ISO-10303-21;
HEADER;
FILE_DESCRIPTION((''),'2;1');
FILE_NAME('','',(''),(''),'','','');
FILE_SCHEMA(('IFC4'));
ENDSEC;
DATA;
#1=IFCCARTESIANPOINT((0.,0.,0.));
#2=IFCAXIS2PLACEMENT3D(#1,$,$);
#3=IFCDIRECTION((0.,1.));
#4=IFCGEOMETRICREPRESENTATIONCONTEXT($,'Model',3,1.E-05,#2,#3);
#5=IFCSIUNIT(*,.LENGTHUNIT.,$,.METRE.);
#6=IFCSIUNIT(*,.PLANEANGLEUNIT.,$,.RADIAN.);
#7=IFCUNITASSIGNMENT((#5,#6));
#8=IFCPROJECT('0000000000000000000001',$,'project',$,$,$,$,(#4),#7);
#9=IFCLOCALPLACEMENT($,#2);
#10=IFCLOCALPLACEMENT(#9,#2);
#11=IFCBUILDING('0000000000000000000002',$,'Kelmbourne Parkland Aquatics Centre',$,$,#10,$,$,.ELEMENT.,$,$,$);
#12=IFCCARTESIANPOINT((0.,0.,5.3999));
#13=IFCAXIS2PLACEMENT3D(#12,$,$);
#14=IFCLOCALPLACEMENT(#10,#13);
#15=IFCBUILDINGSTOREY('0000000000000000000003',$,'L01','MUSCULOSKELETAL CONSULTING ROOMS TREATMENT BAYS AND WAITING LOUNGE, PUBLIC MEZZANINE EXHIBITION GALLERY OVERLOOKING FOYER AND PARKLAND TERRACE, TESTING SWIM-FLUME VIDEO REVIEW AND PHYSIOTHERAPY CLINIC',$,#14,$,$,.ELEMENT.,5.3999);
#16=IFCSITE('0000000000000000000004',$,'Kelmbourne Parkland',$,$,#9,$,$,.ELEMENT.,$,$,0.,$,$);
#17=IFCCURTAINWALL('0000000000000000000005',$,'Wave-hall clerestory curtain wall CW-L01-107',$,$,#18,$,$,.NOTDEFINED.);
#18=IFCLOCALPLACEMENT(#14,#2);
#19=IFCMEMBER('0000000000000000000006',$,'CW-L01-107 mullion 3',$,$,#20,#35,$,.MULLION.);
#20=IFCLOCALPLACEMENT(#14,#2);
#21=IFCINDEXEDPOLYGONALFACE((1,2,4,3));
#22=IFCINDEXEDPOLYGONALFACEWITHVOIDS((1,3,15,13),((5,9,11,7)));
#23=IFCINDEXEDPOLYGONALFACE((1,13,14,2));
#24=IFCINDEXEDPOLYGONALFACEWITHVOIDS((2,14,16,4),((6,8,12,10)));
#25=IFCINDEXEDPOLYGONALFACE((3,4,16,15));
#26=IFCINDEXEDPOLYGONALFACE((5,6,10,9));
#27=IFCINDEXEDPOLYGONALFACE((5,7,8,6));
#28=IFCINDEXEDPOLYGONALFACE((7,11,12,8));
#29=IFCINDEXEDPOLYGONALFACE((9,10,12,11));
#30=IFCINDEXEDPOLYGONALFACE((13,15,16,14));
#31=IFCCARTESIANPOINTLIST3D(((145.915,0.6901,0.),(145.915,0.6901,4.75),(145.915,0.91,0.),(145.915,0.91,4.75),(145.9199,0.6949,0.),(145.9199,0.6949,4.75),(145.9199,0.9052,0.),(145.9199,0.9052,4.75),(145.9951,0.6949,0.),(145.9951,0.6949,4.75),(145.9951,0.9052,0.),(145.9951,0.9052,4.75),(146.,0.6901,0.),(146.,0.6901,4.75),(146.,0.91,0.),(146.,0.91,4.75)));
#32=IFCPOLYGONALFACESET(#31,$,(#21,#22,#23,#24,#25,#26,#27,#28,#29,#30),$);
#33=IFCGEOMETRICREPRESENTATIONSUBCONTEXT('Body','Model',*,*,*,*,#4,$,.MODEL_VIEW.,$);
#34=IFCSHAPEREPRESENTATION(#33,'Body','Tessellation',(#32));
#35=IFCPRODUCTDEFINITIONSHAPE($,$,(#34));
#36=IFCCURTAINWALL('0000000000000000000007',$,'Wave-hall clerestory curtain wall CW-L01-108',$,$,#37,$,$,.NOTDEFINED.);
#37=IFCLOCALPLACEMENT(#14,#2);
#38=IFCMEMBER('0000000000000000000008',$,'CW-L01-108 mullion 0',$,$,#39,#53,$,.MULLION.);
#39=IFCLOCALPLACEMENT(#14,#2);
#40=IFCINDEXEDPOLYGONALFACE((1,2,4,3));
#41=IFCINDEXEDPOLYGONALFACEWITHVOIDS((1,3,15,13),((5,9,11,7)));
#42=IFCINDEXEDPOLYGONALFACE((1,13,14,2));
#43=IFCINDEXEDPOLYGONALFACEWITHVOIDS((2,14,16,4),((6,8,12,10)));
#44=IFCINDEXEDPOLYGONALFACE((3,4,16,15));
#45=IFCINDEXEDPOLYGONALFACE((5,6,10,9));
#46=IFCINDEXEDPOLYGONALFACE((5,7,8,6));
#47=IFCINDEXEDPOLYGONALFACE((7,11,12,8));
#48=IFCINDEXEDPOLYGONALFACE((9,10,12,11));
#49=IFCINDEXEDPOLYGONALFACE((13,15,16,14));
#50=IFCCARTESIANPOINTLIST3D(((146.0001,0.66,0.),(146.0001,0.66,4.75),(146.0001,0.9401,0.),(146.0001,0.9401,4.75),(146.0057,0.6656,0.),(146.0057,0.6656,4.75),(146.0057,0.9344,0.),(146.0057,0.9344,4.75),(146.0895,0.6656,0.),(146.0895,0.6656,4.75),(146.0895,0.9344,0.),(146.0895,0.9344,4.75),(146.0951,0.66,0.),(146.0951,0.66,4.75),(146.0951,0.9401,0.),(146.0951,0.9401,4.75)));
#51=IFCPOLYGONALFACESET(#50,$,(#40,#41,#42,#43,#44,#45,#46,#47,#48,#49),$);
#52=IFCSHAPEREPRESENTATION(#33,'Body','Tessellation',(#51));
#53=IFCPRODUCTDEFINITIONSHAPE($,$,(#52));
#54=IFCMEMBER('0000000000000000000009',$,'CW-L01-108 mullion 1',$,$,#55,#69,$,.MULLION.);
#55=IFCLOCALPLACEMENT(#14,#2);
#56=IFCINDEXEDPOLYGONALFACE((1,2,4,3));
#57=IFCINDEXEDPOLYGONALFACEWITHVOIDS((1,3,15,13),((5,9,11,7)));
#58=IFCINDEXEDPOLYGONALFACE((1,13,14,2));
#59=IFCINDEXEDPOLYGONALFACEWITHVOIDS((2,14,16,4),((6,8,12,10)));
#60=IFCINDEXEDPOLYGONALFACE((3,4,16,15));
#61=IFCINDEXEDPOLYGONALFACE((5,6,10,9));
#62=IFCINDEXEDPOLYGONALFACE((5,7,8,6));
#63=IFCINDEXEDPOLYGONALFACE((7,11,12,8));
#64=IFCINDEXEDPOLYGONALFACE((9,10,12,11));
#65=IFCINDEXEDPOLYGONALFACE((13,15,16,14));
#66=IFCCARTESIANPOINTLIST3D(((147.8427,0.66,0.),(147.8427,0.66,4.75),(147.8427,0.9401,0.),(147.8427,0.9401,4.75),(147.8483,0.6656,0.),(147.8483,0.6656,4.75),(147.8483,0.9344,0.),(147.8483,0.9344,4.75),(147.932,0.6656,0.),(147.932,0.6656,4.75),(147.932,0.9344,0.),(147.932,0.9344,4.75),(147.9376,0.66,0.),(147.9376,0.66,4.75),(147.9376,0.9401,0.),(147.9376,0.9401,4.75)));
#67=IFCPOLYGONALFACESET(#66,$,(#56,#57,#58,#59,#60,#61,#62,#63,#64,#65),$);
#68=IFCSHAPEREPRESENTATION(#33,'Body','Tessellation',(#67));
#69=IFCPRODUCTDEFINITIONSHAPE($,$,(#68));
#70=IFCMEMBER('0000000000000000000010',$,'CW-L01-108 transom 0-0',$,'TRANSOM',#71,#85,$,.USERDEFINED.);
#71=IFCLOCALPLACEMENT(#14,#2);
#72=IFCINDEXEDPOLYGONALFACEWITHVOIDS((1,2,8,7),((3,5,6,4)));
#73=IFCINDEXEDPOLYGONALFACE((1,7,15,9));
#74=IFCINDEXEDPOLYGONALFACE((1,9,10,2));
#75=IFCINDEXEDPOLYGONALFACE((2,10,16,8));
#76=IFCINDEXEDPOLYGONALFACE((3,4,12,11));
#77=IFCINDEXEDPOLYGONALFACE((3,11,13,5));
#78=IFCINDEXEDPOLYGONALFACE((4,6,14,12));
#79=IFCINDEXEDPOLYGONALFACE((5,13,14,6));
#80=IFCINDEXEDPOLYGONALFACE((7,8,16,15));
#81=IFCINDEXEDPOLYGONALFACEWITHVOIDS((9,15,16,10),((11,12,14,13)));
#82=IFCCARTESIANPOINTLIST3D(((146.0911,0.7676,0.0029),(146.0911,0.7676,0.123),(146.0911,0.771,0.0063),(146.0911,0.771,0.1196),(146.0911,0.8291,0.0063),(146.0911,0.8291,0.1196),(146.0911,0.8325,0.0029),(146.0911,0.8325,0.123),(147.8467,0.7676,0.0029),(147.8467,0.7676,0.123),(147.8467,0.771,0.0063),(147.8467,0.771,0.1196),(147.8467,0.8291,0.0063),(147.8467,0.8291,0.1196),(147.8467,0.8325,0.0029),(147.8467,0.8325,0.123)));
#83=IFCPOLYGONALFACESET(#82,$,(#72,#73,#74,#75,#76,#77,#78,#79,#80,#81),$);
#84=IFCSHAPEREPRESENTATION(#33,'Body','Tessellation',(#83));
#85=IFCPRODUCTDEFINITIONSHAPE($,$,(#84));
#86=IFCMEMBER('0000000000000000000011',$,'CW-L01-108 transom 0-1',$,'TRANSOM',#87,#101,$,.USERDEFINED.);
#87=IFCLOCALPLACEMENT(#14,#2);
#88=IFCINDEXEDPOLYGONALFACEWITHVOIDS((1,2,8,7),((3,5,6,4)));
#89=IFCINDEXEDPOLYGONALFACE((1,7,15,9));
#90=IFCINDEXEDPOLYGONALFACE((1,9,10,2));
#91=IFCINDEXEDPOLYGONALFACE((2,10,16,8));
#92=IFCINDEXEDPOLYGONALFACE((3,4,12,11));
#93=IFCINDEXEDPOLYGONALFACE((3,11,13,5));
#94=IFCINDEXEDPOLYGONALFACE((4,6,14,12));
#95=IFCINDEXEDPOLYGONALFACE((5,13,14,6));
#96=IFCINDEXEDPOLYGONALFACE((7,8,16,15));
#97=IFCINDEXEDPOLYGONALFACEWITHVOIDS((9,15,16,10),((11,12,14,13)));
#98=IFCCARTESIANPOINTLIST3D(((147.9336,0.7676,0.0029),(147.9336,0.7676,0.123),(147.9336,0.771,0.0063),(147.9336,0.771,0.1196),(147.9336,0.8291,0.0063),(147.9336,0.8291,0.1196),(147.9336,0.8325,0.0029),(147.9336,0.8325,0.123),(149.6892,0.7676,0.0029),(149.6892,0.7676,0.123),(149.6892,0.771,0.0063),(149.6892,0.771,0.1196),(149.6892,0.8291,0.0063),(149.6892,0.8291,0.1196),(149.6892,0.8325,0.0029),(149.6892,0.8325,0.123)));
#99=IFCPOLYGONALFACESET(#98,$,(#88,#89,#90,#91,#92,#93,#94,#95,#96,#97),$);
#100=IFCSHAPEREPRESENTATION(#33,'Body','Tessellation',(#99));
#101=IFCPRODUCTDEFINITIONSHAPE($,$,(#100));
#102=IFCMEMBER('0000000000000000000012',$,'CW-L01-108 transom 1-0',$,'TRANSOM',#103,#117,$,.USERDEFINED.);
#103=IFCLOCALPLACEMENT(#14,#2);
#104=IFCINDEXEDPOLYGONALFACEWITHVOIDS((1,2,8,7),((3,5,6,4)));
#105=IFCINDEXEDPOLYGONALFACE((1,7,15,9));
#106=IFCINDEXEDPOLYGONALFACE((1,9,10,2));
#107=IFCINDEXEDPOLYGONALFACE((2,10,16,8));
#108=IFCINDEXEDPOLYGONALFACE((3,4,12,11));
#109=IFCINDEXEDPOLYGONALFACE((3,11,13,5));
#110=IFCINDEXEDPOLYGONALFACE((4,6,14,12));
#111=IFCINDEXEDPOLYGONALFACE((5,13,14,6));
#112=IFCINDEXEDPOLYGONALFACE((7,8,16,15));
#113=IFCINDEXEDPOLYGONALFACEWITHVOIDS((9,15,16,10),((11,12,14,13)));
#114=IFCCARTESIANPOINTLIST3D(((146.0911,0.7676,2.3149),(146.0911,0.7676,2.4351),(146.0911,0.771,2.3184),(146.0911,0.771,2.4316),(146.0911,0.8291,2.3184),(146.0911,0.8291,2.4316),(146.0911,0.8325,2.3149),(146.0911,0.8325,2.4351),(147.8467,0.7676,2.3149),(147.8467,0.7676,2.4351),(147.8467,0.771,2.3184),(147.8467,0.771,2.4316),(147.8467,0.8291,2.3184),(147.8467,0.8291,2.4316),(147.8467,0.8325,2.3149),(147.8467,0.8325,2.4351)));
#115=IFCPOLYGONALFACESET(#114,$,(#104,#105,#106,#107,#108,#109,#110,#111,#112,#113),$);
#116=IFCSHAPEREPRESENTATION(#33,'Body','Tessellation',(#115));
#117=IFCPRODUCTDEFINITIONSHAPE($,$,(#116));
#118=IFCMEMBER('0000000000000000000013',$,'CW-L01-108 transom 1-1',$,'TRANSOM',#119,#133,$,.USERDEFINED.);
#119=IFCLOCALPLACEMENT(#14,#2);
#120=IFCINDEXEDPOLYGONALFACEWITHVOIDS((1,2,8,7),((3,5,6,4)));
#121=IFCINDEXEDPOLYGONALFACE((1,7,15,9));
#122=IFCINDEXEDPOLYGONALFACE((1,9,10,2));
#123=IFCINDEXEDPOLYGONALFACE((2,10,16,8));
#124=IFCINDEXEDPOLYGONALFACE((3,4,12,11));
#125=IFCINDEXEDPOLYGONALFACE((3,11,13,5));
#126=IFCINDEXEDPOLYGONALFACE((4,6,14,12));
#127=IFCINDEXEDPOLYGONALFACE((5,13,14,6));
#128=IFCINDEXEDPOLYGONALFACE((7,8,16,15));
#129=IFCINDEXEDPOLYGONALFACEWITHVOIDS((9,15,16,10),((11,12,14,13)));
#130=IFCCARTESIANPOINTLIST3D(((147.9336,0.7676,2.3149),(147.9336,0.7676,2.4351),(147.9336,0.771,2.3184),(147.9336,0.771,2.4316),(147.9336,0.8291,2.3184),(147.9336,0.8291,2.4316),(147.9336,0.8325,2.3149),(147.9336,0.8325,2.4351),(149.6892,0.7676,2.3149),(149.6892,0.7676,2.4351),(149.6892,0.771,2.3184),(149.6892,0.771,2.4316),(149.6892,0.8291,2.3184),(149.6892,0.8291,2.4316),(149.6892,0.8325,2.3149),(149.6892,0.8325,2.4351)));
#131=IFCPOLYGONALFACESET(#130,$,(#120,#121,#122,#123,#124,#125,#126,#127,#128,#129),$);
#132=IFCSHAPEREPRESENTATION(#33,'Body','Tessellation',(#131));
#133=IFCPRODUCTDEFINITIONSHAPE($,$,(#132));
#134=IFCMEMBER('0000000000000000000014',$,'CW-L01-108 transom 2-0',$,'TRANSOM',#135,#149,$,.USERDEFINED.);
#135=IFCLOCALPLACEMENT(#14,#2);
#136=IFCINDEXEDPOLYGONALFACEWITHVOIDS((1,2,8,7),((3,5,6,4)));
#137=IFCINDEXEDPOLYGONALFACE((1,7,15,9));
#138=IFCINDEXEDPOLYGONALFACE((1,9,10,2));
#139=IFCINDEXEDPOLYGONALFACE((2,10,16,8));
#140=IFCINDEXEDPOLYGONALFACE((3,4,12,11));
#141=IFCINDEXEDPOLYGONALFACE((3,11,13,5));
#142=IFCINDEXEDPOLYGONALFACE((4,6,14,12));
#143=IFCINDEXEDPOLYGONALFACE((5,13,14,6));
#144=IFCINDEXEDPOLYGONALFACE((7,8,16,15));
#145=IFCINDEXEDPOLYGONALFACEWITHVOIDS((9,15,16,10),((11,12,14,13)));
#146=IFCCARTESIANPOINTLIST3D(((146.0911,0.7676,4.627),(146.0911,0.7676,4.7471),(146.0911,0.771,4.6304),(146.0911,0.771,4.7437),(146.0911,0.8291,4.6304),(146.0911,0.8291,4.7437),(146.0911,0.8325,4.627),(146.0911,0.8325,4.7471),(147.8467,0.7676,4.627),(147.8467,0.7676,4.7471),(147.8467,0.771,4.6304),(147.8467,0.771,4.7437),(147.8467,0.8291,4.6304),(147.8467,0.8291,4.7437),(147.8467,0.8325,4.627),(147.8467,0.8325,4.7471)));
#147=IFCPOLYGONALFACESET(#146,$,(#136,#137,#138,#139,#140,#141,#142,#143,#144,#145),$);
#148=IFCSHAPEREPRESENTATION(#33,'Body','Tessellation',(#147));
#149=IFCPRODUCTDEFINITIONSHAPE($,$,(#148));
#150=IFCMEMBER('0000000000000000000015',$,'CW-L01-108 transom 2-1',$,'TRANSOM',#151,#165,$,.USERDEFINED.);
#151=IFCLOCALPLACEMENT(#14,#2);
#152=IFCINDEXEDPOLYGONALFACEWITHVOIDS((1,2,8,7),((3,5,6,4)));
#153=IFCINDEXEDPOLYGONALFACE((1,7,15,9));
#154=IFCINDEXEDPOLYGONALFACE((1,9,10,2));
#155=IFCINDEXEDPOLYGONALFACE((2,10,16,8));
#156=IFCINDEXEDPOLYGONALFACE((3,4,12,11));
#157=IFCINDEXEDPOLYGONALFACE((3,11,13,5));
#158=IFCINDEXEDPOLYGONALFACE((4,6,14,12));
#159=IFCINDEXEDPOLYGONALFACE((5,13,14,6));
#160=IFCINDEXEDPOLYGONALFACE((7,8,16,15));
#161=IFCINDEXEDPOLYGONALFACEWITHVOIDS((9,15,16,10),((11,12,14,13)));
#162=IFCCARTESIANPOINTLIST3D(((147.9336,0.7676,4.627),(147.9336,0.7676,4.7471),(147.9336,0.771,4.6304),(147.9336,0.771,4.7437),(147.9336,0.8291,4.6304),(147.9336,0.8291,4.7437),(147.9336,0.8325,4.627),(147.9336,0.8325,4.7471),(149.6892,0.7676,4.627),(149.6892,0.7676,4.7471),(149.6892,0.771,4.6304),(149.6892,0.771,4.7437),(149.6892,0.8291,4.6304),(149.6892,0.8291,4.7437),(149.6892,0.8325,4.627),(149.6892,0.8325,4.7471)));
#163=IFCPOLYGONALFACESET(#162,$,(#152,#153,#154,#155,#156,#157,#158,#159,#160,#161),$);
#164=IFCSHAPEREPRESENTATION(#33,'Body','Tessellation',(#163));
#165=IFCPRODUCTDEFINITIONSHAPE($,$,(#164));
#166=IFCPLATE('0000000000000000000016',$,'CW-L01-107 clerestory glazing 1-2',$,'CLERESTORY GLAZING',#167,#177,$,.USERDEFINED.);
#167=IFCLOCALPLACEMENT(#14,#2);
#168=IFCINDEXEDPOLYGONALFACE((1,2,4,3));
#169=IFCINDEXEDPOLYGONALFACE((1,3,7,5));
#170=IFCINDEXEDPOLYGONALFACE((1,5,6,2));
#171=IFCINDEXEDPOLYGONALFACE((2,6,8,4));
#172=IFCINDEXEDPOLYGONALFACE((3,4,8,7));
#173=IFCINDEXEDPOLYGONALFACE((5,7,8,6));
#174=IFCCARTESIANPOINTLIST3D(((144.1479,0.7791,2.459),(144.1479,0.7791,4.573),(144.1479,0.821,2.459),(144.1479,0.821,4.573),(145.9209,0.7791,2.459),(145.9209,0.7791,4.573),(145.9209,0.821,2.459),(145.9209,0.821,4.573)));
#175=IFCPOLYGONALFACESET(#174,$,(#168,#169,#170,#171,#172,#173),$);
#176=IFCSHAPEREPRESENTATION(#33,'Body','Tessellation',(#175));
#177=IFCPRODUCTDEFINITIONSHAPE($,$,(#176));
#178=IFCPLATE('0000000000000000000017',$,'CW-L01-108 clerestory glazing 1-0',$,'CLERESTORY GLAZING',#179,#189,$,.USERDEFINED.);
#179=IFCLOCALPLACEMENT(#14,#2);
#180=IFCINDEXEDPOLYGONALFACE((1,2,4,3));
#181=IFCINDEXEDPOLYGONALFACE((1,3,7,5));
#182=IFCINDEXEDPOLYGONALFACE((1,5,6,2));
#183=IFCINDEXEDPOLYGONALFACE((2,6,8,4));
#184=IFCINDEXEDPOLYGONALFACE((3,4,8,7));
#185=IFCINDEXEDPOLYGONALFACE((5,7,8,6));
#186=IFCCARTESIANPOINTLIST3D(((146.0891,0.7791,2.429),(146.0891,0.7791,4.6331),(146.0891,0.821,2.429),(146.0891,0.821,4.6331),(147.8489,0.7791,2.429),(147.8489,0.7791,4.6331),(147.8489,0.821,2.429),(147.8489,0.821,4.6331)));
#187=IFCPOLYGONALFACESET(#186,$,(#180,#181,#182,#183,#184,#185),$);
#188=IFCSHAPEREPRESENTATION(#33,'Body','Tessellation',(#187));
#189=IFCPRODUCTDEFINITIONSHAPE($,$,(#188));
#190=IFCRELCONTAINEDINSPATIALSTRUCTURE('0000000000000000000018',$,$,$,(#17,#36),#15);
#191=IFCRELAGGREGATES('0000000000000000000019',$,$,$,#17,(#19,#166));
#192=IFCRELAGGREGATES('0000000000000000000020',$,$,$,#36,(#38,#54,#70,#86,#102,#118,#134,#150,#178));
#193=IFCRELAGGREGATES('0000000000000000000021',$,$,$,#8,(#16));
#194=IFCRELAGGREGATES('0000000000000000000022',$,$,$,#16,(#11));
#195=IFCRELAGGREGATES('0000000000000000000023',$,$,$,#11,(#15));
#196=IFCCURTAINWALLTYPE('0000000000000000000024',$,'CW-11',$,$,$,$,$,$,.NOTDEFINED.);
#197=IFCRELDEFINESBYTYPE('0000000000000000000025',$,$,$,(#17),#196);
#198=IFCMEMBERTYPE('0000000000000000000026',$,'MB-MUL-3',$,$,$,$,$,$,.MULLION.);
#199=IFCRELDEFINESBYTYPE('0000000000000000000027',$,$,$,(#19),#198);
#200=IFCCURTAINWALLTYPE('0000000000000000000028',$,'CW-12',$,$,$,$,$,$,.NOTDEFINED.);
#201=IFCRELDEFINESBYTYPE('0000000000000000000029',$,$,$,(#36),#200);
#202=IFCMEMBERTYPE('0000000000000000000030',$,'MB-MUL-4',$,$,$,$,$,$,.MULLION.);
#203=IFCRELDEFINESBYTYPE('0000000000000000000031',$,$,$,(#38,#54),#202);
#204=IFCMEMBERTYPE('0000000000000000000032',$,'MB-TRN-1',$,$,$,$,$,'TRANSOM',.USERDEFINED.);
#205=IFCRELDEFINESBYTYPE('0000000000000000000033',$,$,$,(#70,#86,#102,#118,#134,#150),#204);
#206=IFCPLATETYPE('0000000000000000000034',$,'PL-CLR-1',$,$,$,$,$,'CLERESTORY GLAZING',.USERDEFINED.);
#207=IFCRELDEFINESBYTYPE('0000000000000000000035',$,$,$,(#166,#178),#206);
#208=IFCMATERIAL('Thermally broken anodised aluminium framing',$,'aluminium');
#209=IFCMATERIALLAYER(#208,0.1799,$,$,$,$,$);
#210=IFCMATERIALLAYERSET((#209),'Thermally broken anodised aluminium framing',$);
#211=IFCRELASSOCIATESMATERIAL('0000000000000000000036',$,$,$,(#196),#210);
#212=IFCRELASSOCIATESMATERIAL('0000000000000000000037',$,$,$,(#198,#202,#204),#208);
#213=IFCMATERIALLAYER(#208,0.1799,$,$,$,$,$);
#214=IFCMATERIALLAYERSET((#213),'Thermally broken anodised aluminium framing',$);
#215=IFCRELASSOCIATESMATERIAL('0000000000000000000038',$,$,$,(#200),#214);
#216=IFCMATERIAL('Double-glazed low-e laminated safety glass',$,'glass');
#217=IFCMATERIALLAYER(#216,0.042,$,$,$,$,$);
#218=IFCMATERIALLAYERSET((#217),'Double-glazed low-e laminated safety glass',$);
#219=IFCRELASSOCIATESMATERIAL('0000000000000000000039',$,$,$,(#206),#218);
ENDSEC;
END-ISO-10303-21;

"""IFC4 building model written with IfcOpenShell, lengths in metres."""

from ifc_helpers import new_model, si_unit, direction, frame, origin, origin_2d, place, context, subcontext, project, spatial, rectangle, hollow_rectangle, extrude, material, layer, layer_set, material_profile, profile_set, type_object, element, aggregate, save


model = new_model("IFC4")

# Units and contexts
model_context = context("Model", 3, precision=1e-05, world=origin(), true_north=direction((0.0, 1.0)))
body_context = subcontext(model_context, "Body", "Model", "MODEL_VIEW")
ifc_project = project(units=[si_unit("LENGTHUNIT", "METRE"), si_unit("PLANEANGLEUNIT", "RADIAN")], contexts=[model_context])

# Site, building, storey
site_placement = place(None, origin())
site = spatial("IfcSite", under=ifc_project, at=site_placement, Name="Kelmbourne Parkland", CompositionType="ELEMENT", RefElevation=0.0)
building_placement = place(site_placement, origin())
building = spatial("IfcBuilding", under=site, at=building_placement, Name="Kelmbourne Parkland Aquatics Centre", CompositionType="ELEMENT")
storey_placement = place(building_placement, frame((0.0, 0.0, 5.3999)))
storey = spatial("IfcBuildingStorey", under=building, at=storey_placement, Name="L01", Description="MUSCULOSKELETAL CONSULTING ROOMS TREATMENT BAYS AND WAITING LOUNGE, PUBLIC MEZZANINE EXHIBITION GALLERY OVERLOOKING FOYER AND PARKLAND TERRACE, TESTING SWIM-FLUME VIDEO REVIEW AND PHYSIOTHERAPY CLINIC", CompositionType="ELEMENT", Elevation=5.3999)

# Curtain wall, member
ifc_material_1 = material(Name="Thermally broken anodised aluminium framing", Category="aluminium")
ifc_layer_1 = layer(ifc_material_1, 0.1799)
ifc_layer_set_1 = layer_set([ifc_layer_1], Name="Thermally broken anodised aluminium framing")
curtain_wall_type_1 = type_object("IfcCurtainWallType", Name="CW-11", PredefinedType="NOTDEFINED", material=ifc_layer_set_1)
curtain_wall_1_placement = place(storey_placement, origin())
curtain_wall_1 = element("IfcCurtainWall", 1, at=curtain_wall_1_placement, inside=storey, type_object=curtain_wall_type_1, Name="Wave-hall clerestory curtain wall CW-L01-107", PredefinedType="NOTDEFINED")
ifc_material_profile_1 = material_profile(ifc_material_1, hollow_rectangle(XDim=0.085, YDim=0.22, WallThickness=0.0049, at=origin_2d()), Name="CW-M 85x220")
ifc_profile_set_1 = profile_set([ifc_material_profile_1], Name="Thermally broken anodised aluminium framing")
member_type_1 = type_object("IfcMemberType", Name="MB-MUL-3", PredefinedType="MULLION", material=ifc_profile_set_1)
member_1_placement = place(storey_placement, frame((145.9575, 0.8, 0.0), z_axis=(0.0, 0.0, 1.0), x_axis=(1.0, 0.0, 0.0)))
member_1 = element("IfcMember", 2, at=member_1_placement, type_object=member_type_1, Name="CW-L01-107 mullion 3", PredefinedType="MULLION", context=body_context, shape_type="SweptSolid", body=[
    extrude(hollow_rectangle(XDim=0.085, YDim=0.22, WallThickness=0.0049, at=origin_2d()), origin(), (0.0, 0.0, 1.0), 4.75),
])

# Curtain wall, members
ifc_layer_2 = layer(ifc_material_1, 0.1799)
ifc_layer_set_2 = layer_set([ifc_layer_2], Name="Thermally broken anodised aluminium framing")
curtain_wall_type_2 = type_object("IfcCurtainWallType", Name="CW-12", PredefinedType="NOTDEFINED", material=ifc_layer_set_2)
curtain_wall_2_placement = place(storey_placement, origin())
curtain_wall_2 = element("IfcCurtainWall", 3, at=curtain_wall_2_placement, inside=storey, type_object=curtain_wall_type_2, Name="Wave-hall clerestory curtain wall CW-L01-108", PredefinedType="NOTDEFINED")
ifc_material_profile_2 = material_profile(ifc_material_1, hollow_rectangle(XDim=0.095, YDim=0.28, WallThickness=0.0056, at=origin_2d()), Name="CW-M 95x280")
ifc_profile_set_2 = profile_set([ifc_material_profile_2], Name="Thermally broken anodised aluminium framing")
member_type_2 = type_object("IfcMemberType", Name="MB-MUL-4", PredefinedType="MULLION", material=ifc_profile_set_2)
member_2_placement = place(storey_placement, frame((146.0476, 0.8, 0.0), z_axis=(0.0, 0.0, 1.0), x_axis=(1.0, 0.0, 0.0)))
member_2 = element("IfcMember", 4, at=member_2_placement, type_object=member_type_2, Name="CW-L01-108 mullion 0", PredefinedType="MULLION", context=body_context, shape_type="SweptSolid", body=[
    extrude(hollow_rectangle(XDim=0.095, YDim=0.28, WallThickness=0.0056, at=origin_2d()), origin(), (0.0, 0.0, 1.0), 4.75),
])
member_3_placement = place(storey_placement, frame((147.8901, 0.8, 0.0), z_axis=(0.0, 0.0, 1.0), x_axis=(1.0, 0.0, 0.0)))
member_3 = element("IfcMember", 5, at=member_3_placement, type_object=member_type_2, Name="CW-L01-108 mullion 1", PredefinedType="MULLION", context=body_context, shape_type="SweptSolid", body=[
    extrude(hollow_rectangle(XDim=0.095, YDim=0.28, WallThickness=0.0056, at=origin_2d()), origin(), (0.0, 0.0, 1.0), 4.75),
])
ifc_material_profile_3 = material_profile(ifc_material_1, hollow_rectangle(XDim=0.0649, YDim=0.1201, WallThickness=0.0034, at=origin_2d()), Name="CW-T 65x120")
ifc_profile_set_3 = profile_set([ifc_material_profile_3], Name="Thermally broken anodised aluminium framing")
member_type_3 = type_object("IfcMemberType", Name="MB-TRN-1", ElementType="TRANSOM", PredefinedType="USERDEFINED", material=ifc_profile_set_3)
member_4_placement = place(storey_placement, frame((146.0911, 0.8, 0.063), z_axis=(1.0, 0.0, 0.0), x_axis=(0.0, 1.0, 0.0)))
member_4 = element("IfcMember", 6, at=member_4_placement, type_object=member_type_3, Name="CW-L01-108 transom 0-0", ObjectType="TRANSOM", PredefinedType="USERDEFINED", context=body_context, shape_type="SweptSolid", body=[
    extrude(hollow_rectangle(XDim=0.0649, YDim=0.1201, WallThickness=0.0034, at=origin_2d()), origin(), (0.0, 0.0, 1.0), 1.7556),
])
member_5_placement = place(storey_placement, frame((147.9336, 0.8, 0.063), z_axis=(1.0, 0.0, 0.0), x_axis=(0.0, 1.0, 0.0)))
member_5 = element("IfcMember", 7, at=member_5_placement, type_object=member_type_3, Name="CW-L01-108 transom 0-1", ObjectType="TRANSOM", PredefinedType="USERDEFINED", context=body_context, shape_type="SweptSolid", body=[
    extrude(hollow_rectangle(XDim=0.0649, YDim=0.1201, WallThickness=0.0034, at=origin_2d()), origin(), (0.0, 0.0, 1.0), 1.7556),
])
member_6_placement = place(storey_placement, frame((146.0911, 0.8, 2.375), z_axis=(1.0, 0.0, 0.0), x_axis=(0.0, 1.0, 0.0)))
member_6 = element("IfcMember", 8, at=member_6_placement, type_object=member_type_3, Name="CW-L01-108 transom 1-0", ObjectType="TRANSOM", PredefinedType="USERDEFINED", context=body_context, shape_type="SweptSolid", body=[
    extrude(hollow_rectangle(XDim=0.0649, YDim=0.1201, WallThickness=0.0034, at=origin_2d()), origin(), (0.0, 0.0, 1.0), 1.7556),
])
member_7_placement = place(storey_placement, frame((147.9336, 0.8, 2.375), z_axis=(1.0, 0.0, 0.0), x_axis=(0.0, 1.0, 0.0)))
member_7 = element("IfcMember", 9, at=member_7_placement, type_object=member_type_3, Name="CW-L01-108 transom 1-1", ObjectType="TRANSOM", PredefinedType="USERDEFINED", context=body_context, shape_type="SweptSolid", body=[
    extrude(hollow_rectangle(XDim=0.0649, YDim=0.1201, WallThickness=0.0034, at=origin_2d()), origin(), (0.0, 0.0, 1.0), 1.7556),
])
member_8_placement = place(storey_placement, frame((146.0911, 0.8, 4.687), z_axis=(1.0, 0.0, 0.0), x_axis=(0.0, 1.0, 0.0)))
member_8 = element("IfcMember", 10, at=member_8_placement, type_object=member_type_3, Name="CW-L01-108 transom 2-0", ObjectType="TRANSOM", PredefinedType="USERDEFINED", context=body_context, shape_type="SweptSolid", body=[
    extrude(hollow_rectangle(XDim=0.0649, YDim=0.1201, WallThickness=0.0034, at=origin_2d()), origin(), (0.0, 0.0, 1.0), 1.7556),
])
member_9_placement = place(storey_placement, frame((147.9336, 0.8, 4.687), z_axis=(1.0, 0.0, 0.0), x_axis=(0.0, 1.0, 0.0)))
member_9 = element("IfcMember", 11, at=member_9_placement, type_object=member_type_3, Name="CW-L01-108 transom 2-1", ObjectType="TRANSOM", PredefinedType="USERDEFINED", context=body_context, shape_type="SweptSolid", body=[
    extrude(hollow_rectangle(XDim=0.0649, YDim=0.1201, WallThickness=0.0034, at=origin_2d()), origin(), (0.0, 0.0, 1.0), 1.7556),
])

# Plates
ifc_material_2 = material(Name="Double-glazed low-e laminated safety glass", Category="glass")
ifc_layer_3 = layer(ifc_material_2, 0.042)
ifc_layer_set_3 = layer_set([ifc_layer_3], Name="Double-glazed low-e laminated safety glass")
plate_type_1 = type_object("IfcPlateType", Name="PL-CLR-1", ElementType="CLERESTORY GLAZING", PredefinedType="USERDEFINED", material=ifc_layer_set_3)
plate_1_placement = place(storey_placement, frame((145.0344, 0.8, 2.459), z_axis=(0.0, 0.0, 1.0), x_axis=(1.0, 0.0, 0.0)))
plate_1 = element("IfcPlate", 12, at=plate_1_placement, type_object=plate_type_1, Name="CW-L01-107 clerestory glazing 1-2", ObjectType="CLERESTORY GLAZING", PredefinedType="USERDEFINED", context=body_context, shape_type="SweptSolid", body=[
    extrude(rectangle(XDim=1.7729, YDim=0.042, at=origin_2d()), origin(), (0.0, 0.0, 1.0), 2.114),
])
aggregate(curtain_wall_1, [member_1, plate_1])
plate_2_placement = place(storey_placement, frame((146.969, 0.8, 2.429), z_axis=(0.0, 0.0, 1.0), x_axis=(1.0, 0.0, 0.0)))
plate_2 = element("IfcPlate", 13, at=plate_2_placement, type_object=plate_type_1, Name="CW-L01-108 clerestory glazing 1-0", ObjectType="CLERESTORY GLAZING", PredefinedType="USERDEFINED", context=body_context, shape_type="SweptSolid", body=[
    extrude(rectangle(XDim=1.7598, YDim=0.042, at=origin_2d()), origin(), (0.0, 0.0, 1.0), 2.2041),
])
aggregate(curtain_wall_2, [member_2, member_3, member_4, member_5, member_6, member_7, member_8, member_9, plate_2])

save(model, "model.ifc")
